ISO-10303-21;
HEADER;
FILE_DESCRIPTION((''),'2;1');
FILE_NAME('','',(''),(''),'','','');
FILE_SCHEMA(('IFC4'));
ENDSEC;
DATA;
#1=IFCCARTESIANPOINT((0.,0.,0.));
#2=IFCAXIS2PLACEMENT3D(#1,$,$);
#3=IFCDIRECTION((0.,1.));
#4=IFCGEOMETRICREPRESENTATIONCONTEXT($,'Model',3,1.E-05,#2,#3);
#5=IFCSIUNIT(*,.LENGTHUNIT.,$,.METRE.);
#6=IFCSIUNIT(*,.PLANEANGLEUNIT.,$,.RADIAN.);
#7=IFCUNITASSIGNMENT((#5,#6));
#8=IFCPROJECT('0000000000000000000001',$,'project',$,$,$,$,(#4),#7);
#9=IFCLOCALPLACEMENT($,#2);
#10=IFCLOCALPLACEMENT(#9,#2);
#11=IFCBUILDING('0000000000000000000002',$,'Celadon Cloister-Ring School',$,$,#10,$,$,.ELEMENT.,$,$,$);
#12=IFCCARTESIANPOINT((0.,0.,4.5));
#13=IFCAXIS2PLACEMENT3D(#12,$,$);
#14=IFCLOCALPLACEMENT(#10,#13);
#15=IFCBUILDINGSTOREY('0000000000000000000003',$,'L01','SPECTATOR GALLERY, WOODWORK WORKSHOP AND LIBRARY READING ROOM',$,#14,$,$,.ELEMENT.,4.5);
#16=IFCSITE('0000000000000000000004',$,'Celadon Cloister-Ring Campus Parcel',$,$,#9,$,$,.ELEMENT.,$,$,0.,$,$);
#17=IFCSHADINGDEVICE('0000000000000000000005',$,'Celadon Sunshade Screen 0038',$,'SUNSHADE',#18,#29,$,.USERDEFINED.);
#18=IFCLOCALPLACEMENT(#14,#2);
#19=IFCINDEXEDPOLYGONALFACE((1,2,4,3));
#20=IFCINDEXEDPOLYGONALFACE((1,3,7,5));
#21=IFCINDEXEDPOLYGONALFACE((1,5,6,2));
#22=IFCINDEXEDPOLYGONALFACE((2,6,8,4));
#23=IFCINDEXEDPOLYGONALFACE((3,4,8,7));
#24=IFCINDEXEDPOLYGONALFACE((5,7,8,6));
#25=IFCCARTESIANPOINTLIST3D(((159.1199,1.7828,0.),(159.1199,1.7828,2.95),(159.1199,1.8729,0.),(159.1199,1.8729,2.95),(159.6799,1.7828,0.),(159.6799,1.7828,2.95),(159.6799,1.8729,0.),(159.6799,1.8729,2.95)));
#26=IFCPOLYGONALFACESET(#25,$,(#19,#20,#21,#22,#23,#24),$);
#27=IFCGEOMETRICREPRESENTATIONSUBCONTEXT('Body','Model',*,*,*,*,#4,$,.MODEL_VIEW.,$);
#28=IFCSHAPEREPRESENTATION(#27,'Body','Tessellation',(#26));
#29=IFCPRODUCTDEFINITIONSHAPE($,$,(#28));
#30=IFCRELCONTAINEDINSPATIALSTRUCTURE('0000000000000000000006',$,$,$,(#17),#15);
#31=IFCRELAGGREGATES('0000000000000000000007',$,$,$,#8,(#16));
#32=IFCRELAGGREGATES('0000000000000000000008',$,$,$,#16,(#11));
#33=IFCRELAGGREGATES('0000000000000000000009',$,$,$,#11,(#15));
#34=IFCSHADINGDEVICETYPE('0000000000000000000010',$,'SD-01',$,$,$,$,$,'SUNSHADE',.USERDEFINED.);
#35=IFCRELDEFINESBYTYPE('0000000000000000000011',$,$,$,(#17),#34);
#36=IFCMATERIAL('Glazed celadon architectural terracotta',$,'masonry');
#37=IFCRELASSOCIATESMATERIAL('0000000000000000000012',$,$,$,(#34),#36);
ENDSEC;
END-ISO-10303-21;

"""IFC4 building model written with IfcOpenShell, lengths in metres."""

from ifc_helpers import new_model, si_unit, direction, frame, origin, origin_2d, place, context, subcontext, project, spatial, rectangle, extrude, material, type_object, element, save


model = new_model("IFC4")

# Units and contexts
model_context = context("Model", 3, precision=1e-05, world=origin(), true_north=direction((0.0, 1.0)))
body_context = subcontext(model_context, "Body", "Model", "MODEL_VIEW")
ifc_project = project(units=[si_unit("LENGTHUNIT", "METRE"), si_unit("PLANEANGLEUNIT", "RADIAN")], contexts=[model_context])

# Site, building, storey
site_placement = place(None, origin())
site = spatial("IfcSite", under=ifc_project, at=site_placement, Name="Celadon Cloister-Ring Campus Parcel", CompositionType="ELEMENT", RefElevation=0.0)
building_placement = place(site_placement, origin())
building = spatial("IfcBuilding", under=site, at=building_placement, Name="Celadon Cloister-Ring School", CompositionType="ELEMENT")
storey_placement = place(building_placement, frame((0.0, 0.0, 4.5)))
storey = spatial("IfcBuildingStorey", under=building, at=storey_placement, Name="L01", Description="SPECTATOR GALLERY, WOODWORK WORKSHOP AND LIBRARY READING ROOM", CompositionType="ELEMENT", Elevation=4.5)

# Shading device
ifc_material_1 = material(Name="Glazed celadon architectural terracotta", Category="masonry")
shading_device_type = type_object("IfcShadingDeviceType", Name="SD-01", ElementType="SUNSHADE", PredefinedType="USERDEFINED", material=ifc_material_1)
for number, where, z_axis, x_axis, name in (
    (1, (159.3999, 1.8279, 0.0), (0.0, 0.0, 1.0), (-1.0, 0.0, 0.0), "Celadon Sunshade Screen 0038"),
):
    element("IfcShadingDevice", number, at=place(storey_placement, frame(where, z_axis=z_axis, x_axis=x_axis)), inside=storey, type_object=shading_device_type, Name=name, ObjectType="SUNSHADE", PredefinedType="USERDEFINED", context=body_context, shape_type="SweptSolid", body=[
        extrude(rectangle(XDim=0.5601, YDim=0.0901, at=origin_2d()), origin(), (0.0, 0.0, 1.0), 2.95),
    ])

save(model, "model.ifc")
